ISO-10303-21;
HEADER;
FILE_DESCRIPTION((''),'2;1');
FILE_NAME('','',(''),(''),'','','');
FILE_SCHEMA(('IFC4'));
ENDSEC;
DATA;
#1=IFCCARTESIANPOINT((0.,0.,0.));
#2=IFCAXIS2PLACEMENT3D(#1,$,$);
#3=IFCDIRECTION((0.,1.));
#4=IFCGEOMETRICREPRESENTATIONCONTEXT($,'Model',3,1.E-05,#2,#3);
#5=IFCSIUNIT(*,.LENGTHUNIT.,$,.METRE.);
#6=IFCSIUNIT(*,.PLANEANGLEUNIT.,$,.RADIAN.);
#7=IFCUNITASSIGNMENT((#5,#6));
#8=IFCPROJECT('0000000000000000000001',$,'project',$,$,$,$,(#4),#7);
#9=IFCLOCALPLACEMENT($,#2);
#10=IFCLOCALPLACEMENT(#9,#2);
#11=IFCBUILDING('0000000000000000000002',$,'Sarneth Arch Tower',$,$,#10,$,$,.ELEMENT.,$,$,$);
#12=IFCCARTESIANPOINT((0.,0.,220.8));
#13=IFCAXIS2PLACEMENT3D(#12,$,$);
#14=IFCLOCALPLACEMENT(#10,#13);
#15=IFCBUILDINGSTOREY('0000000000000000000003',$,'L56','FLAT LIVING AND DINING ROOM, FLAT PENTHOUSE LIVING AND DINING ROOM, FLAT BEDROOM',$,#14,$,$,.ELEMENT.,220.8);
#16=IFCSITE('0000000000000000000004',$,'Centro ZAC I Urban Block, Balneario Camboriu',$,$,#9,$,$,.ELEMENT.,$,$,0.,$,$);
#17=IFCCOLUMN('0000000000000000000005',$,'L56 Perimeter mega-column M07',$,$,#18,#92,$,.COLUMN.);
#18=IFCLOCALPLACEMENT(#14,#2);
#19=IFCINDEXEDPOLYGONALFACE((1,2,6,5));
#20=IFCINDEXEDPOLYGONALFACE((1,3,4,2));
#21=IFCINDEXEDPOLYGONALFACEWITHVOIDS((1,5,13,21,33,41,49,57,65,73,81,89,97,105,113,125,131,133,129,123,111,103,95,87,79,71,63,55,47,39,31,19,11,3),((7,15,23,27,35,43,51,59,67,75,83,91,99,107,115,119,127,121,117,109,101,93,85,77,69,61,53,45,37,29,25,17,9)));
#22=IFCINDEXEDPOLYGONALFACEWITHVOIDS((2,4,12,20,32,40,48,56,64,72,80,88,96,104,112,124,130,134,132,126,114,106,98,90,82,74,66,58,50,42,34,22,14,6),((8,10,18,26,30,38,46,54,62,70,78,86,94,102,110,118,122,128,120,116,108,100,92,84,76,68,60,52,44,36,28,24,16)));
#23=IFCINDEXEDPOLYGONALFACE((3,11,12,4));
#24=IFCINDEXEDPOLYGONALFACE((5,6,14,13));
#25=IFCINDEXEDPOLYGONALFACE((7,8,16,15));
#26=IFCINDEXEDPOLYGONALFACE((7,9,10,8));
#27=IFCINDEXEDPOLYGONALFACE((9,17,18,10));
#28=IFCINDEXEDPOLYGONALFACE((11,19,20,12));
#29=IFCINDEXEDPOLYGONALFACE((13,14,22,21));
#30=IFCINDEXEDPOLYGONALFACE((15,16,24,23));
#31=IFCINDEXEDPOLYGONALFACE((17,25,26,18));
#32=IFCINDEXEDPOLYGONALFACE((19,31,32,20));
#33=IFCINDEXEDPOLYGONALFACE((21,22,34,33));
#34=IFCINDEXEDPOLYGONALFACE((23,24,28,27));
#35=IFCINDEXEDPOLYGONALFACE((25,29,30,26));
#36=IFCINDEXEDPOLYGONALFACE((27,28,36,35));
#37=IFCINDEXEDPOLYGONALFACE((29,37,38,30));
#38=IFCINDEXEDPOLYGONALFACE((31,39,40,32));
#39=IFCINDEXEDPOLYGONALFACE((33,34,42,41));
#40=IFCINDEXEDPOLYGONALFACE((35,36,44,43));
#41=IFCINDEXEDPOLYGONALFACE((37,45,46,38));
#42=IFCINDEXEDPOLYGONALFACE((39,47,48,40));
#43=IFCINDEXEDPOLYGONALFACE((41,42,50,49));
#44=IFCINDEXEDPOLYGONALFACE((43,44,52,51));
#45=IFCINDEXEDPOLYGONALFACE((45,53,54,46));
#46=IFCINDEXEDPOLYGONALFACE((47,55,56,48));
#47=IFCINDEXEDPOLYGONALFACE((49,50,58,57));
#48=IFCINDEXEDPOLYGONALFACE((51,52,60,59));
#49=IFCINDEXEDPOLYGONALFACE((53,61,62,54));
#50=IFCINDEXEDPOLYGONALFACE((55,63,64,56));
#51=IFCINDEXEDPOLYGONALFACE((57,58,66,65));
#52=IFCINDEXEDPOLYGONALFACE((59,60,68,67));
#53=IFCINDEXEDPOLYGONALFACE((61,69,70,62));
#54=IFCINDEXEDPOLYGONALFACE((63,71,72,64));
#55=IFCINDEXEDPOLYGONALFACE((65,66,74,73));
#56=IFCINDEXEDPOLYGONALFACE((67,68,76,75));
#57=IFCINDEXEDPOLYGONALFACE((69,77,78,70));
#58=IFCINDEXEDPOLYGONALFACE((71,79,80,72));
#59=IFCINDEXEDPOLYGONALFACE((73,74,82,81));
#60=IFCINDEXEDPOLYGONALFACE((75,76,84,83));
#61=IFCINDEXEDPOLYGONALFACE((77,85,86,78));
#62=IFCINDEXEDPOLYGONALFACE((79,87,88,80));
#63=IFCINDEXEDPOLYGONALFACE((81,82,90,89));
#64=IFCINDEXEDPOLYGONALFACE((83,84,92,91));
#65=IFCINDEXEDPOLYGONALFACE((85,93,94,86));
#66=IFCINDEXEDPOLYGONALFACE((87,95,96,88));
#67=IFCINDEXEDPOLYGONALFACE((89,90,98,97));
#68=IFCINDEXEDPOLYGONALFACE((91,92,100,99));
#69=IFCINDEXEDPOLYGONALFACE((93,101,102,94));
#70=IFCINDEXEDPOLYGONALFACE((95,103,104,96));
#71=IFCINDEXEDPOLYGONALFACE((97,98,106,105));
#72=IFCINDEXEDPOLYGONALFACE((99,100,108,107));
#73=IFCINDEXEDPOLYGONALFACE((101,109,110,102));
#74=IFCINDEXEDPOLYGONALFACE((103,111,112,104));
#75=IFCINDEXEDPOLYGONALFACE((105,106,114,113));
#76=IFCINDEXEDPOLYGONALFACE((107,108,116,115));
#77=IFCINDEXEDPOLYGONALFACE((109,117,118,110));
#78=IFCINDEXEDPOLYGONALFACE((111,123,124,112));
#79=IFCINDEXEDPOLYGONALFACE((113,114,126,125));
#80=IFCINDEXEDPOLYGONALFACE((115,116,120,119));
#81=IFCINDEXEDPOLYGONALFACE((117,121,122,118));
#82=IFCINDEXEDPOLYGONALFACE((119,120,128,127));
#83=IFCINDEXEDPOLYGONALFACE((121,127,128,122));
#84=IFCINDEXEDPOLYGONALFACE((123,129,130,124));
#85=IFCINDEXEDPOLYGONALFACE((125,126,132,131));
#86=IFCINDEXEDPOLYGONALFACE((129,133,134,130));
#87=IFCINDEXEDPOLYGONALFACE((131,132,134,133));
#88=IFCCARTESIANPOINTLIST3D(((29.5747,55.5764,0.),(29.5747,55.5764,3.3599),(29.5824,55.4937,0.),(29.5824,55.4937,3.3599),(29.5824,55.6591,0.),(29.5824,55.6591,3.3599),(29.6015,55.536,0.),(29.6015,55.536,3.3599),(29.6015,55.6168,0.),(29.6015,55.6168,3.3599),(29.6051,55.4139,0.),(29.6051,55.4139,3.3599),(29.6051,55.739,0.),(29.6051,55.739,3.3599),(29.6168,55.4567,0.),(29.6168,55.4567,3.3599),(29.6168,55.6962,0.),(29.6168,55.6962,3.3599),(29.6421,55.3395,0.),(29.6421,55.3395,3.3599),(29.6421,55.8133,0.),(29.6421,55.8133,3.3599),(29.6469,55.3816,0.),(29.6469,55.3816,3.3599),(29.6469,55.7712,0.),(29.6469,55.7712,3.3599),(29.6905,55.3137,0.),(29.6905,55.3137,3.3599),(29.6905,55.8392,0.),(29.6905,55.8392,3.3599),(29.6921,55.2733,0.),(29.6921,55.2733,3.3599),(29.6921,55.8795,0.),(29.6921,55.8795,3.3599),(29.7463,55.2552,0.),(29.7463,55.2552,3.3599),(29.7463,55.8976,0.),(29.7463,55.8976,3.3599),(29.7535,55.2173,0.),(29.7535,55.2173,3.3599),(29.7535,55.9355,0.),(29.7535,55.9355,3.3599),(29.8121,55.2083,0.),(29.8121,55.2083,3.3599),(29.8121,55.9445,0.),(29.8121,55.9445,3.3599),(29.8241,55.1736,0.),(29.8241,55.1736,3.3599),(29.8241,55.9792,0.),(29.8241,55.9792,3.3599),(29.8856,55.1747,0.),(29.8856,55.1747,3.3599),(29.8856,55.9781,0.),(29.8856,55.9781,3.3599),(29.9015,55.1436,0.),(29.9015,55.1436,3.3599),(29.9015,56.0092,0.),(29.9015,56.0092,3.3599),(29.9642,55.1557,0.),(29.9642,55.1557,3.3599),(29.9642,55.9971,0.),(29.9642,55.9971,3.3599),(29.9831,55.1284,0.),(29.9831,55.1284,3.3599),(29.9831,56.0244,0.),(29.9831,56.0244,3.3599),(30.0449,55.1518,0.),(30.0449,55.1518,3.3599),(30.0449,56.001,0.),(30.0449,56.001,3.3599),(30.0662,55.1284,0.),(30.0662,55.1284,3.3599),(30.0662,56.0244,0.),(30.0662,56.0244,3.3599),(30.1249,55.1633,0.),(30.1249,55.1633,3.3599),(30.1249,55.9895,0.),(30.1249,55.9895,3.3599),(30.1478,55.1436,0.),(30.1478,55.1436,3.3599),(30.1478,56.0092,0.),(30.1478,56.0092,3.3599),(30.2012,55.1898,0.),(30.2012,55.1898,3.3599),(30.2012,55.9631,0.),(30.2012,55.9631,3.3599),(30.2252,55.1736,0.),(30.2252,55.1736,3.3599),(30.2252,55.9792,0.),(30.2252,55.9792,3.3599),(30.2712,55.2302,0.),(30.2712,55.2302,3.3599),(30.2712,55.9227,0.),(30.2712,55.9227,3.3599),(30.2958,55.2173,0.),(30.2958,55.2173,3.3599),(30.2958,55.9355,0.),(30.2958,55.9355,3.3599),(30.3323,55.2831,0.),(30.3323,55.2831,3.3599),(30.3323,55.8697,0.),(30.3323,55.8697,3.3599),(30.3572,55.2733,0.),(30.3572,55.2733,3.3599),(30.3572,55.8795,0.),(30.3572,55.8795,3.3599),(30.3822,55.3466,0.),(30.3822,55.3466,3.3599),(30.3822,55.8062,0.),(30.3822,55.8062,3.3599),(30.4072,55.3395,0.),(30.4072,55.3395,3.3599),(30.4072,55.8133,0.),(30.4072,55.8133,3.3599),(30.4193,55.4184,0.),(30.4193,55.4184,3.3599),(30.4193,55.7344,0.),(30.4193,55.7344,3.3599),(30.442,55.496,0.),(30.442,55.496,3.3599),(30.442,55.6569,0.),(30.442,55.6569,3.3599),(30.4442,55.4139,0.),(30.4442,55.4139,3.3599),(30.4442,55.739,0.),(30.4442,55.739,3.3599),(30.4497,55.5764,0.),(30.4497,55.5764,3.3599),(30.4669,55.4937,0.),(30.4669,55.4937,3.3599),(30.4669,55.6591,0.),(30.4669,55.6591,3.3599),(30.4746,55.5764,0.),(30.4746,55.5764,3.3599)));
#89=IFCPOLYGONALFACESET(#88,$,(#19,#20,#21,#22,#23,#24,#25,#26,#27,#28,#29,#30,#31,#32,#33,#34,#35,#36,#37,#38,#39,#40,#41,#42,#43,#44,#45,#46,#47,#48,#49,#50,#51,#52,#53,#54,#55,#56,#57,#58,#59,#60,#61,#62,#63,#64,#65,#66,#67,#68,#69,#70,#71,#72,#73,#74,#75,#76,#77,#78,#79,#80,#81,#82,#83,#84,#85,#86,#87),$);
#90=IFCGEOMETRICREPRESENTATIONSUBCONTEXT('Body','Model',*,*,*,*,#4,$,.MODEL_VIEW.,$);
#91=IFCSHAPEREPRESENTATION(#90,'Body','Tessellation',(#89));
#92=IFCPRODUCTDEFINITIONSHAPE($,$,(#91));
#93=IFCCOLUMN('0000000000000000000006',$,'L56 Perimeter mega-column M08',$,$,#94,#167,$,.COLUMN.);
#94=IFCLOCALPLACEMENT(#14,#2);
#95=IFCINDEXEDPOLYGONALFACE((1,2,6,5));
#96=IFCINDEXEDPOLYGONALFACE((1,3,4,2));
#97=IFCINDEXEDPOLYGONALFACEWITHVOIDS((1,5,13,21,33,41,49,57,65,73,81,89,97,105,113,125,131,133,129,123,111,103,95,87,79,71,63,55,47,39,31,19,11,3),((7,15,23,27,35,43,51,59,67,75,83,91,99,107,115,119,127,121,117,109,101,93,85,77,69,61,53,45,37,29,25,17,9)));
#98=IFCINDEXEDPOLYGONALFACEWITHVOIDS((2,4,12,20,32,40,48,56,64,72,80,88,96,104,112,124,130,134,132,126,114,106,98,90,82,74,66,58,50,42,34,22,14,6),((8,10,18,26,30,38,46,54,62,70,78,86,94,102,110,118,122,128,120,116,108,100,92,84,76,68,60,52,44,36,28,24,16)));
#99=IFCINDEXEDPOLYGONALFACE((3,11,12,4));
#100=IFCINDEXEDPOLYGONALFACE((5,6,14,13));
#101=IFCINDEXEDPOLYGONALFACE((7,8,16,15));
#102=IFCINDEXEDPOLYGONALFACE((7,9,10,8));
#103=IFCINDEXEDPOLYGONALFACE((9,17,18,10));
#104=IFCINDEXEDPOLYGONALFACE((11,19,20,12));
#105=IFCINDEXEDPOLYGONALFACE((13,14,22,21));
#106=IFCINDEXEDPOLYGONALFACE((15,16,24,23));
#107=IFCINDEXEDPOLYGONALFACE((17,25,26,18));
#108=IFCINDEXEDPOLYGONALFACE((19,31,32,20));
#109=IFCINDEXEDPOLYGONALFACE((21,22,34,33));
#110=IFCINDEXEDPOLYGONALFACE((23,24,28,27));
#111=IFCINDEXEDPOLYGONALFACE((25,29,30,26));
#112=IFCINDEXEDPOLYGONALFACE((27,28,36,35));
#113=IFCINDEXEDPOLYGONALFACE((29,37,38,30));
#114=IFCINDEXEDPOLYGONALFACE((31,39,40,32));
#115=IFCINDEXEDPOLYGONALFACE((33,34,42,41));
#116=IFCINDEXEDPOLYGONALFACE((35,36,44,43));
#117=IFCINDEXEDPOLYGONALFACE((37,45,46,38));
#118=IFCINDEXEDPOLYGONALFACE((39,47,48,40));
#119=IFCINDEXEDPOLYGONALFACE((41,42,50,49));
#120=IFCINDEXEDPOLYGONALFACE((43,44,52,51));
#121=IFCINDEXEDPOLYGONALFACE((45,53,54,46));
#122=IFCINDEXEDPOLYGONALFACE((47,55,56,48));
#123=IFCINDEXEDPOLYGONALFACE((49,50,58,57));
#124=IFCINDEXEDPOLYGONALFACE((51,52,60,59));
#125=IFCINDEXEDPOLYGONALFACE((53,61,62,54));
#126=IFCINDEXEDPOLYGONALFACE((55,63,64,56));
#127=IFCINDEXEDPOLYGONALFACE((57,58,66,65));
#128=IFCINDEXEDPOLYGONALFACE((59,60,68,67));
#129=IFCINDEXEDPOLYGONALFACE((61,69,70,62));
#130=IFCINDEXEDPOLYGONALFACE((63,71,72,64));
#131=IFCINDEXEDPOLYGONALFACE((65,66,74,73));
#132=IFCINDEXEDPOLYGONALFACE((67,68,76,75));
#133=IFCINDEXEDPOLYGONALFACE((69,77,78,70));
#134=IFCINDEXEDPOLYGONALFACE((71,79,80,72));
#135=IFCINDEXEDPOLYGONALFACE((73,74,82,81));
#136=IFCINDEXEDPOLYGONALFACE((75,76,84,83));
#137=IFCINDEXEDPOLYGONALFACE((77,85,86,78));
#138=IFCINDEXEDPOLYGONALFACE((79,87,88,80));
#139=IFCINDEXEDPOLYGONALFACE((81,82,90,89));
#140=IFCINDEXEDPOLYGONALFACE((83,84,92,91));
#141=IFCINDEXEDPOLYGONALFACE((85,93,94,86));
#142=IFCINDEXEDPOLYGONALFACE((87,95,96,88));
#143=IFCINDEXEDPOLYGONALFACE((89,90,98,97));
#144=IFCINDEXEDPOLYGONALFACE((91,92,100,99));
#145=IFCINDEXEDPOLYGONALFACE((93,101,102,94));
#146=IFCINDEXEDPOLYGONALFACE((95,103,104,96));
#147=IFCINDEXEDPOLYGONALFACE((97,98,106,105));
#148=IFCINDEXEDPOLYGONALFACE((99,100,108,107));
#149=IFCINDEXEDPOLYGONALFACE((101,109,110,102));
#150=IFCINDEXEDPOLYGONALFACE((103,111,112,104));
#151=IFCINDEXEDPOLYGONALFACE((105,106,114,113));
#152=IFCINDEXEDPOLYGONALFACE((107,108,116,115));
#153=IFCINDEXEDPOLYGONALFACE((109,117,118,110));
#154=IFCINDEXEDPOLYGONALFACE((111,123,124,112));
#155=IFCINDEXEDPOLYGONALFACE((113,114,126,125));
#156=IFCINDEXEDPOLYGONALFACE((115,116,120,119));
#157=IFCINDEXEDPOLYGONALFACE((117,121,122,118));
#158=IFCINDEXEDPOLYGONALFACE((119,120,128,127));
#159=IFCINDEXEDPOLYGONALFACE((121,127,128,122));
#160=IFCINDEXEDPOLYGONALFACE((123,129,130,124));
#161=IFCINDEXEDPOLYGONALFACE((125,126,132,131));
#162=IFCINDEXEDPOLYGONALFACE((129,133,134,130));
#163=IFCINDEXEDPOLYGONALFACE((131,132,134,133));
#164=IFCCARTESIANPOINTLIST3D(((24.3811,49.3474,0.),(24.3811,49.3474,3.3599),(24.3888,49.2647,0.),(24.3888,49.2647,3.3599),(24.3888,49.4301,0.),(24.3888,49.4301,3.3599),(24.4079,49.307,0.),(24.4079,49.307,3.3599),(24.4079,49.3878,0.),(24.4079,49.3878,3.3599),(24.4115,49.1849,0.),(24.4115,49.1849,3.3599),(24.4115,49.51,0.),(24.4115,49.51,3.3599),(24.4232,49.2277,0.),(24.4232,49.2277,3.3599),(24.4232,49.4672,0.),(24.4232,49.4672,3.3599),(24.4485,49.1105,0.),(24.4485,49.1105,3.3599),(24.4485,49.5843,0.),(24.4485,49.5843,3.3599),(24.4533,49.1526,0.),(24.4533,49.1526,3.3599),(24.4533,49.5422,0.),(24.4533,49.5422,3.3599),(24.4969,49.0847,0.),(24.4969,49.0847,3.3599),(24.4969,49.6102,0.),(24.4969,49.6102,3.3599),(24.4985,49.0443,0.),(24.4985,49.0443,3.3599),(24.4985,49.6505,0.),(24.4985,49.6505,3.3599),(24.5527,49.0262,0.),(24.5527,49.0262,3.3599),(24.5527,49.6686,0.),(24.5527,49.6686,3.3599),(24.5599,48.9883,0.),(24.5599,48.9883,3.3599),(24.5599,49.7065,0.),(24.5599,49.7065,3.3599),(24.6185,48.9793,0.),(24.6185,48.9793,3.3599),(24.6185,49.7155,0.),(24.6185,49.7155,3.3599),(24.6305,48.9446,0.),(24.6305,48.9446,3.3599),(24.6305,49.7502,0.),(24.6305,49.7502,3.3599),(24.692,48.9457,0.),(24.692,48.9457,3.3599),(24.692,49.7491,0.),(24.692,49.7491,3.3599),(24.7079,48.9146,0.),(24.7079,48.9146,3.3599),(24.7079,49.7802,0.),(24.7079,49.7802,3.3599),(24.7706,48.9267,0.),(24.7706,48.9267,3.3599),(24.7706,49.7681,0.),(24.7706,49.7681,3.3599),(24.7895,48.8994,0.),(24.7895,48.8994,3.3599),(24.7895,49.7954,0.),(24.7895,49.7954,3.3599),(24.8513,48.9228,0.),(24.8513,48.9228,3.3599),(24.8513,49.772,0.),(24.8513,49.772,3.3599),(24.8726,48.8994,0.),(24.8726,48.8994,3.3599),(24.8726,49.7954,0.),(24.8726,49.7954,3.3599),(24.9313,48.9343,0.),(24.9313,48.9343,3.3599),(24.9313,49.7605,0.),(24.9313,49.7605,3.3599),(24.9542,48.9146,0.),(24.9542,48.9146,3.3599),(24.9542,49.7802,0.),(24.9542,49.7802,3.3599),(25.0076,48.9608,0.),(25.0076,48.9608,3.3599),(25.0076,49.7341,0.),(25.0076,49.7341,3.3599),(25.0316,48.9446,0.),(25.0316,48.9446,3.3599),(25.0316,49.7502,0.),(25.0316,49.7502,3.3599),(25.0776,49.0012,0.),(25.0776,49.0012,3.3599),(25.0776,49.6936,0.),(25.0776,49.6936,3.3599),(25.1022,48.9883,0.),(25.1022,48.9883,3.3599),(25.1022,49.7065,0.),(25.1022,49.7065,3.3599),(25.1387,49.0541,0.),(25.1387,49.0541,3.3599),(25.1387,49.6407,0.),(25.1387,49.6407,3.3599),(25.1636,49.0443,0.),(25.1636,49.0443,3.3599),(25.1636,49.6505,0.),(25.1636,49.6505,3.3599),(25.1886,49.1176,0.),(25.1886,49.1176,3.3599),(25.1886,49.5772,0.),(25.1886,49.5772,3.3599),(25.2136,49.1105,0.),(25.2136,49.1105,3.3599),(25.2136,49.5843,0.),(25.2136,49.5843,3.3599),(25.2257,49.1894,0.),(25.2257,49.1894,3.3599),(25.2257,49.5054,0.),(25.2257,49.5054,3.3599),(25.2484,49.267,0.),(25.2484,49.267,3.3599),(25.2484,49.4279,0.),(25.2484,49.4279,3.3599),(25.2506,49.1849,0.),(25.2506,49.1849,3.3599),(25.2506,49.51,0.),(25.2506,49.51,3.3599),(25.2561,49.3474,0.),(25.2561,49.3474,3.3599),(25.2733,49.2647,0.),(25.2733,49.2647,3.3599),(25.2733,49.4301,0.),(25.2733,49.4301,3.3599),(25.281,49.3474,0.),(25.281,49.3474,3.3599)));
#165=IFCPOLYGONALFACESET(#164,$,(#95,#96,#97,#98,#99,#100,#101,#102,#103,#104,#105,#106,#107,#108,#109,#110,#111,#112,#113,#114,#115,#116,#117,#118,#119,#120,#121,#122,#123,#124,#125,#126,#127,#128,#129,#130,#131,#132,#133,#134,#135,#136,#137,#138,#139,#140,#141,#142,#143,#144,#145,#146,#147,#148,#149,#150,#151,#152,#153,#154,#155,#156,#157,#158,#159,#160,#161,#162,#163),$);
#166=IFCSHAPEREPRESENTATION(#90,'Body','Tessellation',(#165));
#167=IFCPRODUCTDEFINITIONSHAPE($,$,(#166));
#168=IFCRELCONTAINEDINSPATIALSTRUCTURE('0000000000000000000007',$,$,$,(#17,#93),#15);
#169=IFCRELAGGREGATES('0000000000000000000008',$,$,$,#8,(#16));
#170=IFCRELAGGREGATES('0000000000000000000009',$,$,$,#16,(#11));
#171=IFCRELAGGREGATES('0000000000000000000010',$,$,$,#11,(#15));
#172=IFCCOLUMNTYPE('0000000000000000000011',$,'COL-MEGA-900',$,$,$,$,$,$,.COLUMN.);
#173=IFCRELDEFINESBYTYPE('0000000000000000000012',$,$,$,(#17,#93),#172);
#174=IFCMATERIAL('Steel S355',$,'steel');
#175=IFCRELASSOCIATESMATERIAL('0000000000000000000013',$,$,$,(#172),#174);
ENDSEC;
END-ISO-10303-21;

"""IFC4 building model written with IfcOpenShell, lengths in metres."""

from ifc_helpers import new_model, si_unit, direction, frame, origin, origin_2d, place, context, subcontext, project, spatial, hollow_circle, extrude, material, material_profile, profile_set, type_object, element, save


model = new_model("IFC4")

# Units and contexts
model_context = context("Model", 3, precision=1e-05, world=origin(), true_north=direction((0.0, 1.0)))
body_context = subcontext(model_context, "Body", "Model", "MODEL_VIEW")
ifc_project = project(units=[si_unit("LENGTHUNIT", "METRE"), si_unit("PLANEANGLEUNIT", "RADIAN")], contexts=[model_context])

# Site, building, storey
site_placement = place(None, origin())
site = spatial("IfcSite", under=ifc_project, at=site_placement, Name="Centro ZAC I Urban Block, Balneario Camboriu", CompositionType="ELEMENT", RefElevation=0.0)
building_placement = place(site_placement, origin())
building = spatial("IfcBuilding", under=site, at=building_placement, Name="Sarneth Arch Tower", CompositionType="ELEMENT")
storey_placement = place(building_placement, frame((0.0, 0.0, 220.8)))
storey = spatial("IfcBuildingStorey", under=building, at=storey_placement, Name="L56", Description="FLAT LIVING AND DINING ROOM, FLAT PENTHOUSE LIVING AND DINING ROOM, FLAT BEDROOM", CompositionType="ELEMENT", Elevation=220.8)

# Columns
ifc_material_1 = material(Name="Steel S355", Category="steel")
ifc_material_profile_1 = material_profile(ifc_material_1, hollow_circle(Radius=0.45, WallThickness=0.0249, at=origin_2d()), Name="CHS900x25")
ifc_profile_set_1 = profile_set([ifc_material_profile_1], Name="Steel S355")
column_type = type_object("IfcColumnType", Name="COL-MEGA-900", PredefinedType="COLUMN", material=ifc_profile_set_1)
for number, where, z_axis, x_axis, name in (
    (1, (30.0247, 55.5764, 0.0), (0.0, 0.0, 1.0), (1.0, 0.0, 0.0), "L56 Perimeter mega-column M07"),
    (2, (24.8311, 49.3474, 0.0), (0.0, 0.0, 1.0), (1.0, 0.0, 0.0), "L56 Perimeter mega-column M08"),
):
    element("IfcColumn", number, at=place(storey_placement, frame(where, z_axis=z_axis, x_axis=x_axis)), inside=storey, type_object=column_type, Name=name, PredefinedType="COLUMN", context=body_context, shape_type="SweptSolid", body=[
        extrude(hollow_circle(Radius=0.45, WallThickness=0.0249, at=origin_2d()), origin(), (0.0, 0.0, 1.0), 3.3599),
    ])

save(model, "model.ifc")
